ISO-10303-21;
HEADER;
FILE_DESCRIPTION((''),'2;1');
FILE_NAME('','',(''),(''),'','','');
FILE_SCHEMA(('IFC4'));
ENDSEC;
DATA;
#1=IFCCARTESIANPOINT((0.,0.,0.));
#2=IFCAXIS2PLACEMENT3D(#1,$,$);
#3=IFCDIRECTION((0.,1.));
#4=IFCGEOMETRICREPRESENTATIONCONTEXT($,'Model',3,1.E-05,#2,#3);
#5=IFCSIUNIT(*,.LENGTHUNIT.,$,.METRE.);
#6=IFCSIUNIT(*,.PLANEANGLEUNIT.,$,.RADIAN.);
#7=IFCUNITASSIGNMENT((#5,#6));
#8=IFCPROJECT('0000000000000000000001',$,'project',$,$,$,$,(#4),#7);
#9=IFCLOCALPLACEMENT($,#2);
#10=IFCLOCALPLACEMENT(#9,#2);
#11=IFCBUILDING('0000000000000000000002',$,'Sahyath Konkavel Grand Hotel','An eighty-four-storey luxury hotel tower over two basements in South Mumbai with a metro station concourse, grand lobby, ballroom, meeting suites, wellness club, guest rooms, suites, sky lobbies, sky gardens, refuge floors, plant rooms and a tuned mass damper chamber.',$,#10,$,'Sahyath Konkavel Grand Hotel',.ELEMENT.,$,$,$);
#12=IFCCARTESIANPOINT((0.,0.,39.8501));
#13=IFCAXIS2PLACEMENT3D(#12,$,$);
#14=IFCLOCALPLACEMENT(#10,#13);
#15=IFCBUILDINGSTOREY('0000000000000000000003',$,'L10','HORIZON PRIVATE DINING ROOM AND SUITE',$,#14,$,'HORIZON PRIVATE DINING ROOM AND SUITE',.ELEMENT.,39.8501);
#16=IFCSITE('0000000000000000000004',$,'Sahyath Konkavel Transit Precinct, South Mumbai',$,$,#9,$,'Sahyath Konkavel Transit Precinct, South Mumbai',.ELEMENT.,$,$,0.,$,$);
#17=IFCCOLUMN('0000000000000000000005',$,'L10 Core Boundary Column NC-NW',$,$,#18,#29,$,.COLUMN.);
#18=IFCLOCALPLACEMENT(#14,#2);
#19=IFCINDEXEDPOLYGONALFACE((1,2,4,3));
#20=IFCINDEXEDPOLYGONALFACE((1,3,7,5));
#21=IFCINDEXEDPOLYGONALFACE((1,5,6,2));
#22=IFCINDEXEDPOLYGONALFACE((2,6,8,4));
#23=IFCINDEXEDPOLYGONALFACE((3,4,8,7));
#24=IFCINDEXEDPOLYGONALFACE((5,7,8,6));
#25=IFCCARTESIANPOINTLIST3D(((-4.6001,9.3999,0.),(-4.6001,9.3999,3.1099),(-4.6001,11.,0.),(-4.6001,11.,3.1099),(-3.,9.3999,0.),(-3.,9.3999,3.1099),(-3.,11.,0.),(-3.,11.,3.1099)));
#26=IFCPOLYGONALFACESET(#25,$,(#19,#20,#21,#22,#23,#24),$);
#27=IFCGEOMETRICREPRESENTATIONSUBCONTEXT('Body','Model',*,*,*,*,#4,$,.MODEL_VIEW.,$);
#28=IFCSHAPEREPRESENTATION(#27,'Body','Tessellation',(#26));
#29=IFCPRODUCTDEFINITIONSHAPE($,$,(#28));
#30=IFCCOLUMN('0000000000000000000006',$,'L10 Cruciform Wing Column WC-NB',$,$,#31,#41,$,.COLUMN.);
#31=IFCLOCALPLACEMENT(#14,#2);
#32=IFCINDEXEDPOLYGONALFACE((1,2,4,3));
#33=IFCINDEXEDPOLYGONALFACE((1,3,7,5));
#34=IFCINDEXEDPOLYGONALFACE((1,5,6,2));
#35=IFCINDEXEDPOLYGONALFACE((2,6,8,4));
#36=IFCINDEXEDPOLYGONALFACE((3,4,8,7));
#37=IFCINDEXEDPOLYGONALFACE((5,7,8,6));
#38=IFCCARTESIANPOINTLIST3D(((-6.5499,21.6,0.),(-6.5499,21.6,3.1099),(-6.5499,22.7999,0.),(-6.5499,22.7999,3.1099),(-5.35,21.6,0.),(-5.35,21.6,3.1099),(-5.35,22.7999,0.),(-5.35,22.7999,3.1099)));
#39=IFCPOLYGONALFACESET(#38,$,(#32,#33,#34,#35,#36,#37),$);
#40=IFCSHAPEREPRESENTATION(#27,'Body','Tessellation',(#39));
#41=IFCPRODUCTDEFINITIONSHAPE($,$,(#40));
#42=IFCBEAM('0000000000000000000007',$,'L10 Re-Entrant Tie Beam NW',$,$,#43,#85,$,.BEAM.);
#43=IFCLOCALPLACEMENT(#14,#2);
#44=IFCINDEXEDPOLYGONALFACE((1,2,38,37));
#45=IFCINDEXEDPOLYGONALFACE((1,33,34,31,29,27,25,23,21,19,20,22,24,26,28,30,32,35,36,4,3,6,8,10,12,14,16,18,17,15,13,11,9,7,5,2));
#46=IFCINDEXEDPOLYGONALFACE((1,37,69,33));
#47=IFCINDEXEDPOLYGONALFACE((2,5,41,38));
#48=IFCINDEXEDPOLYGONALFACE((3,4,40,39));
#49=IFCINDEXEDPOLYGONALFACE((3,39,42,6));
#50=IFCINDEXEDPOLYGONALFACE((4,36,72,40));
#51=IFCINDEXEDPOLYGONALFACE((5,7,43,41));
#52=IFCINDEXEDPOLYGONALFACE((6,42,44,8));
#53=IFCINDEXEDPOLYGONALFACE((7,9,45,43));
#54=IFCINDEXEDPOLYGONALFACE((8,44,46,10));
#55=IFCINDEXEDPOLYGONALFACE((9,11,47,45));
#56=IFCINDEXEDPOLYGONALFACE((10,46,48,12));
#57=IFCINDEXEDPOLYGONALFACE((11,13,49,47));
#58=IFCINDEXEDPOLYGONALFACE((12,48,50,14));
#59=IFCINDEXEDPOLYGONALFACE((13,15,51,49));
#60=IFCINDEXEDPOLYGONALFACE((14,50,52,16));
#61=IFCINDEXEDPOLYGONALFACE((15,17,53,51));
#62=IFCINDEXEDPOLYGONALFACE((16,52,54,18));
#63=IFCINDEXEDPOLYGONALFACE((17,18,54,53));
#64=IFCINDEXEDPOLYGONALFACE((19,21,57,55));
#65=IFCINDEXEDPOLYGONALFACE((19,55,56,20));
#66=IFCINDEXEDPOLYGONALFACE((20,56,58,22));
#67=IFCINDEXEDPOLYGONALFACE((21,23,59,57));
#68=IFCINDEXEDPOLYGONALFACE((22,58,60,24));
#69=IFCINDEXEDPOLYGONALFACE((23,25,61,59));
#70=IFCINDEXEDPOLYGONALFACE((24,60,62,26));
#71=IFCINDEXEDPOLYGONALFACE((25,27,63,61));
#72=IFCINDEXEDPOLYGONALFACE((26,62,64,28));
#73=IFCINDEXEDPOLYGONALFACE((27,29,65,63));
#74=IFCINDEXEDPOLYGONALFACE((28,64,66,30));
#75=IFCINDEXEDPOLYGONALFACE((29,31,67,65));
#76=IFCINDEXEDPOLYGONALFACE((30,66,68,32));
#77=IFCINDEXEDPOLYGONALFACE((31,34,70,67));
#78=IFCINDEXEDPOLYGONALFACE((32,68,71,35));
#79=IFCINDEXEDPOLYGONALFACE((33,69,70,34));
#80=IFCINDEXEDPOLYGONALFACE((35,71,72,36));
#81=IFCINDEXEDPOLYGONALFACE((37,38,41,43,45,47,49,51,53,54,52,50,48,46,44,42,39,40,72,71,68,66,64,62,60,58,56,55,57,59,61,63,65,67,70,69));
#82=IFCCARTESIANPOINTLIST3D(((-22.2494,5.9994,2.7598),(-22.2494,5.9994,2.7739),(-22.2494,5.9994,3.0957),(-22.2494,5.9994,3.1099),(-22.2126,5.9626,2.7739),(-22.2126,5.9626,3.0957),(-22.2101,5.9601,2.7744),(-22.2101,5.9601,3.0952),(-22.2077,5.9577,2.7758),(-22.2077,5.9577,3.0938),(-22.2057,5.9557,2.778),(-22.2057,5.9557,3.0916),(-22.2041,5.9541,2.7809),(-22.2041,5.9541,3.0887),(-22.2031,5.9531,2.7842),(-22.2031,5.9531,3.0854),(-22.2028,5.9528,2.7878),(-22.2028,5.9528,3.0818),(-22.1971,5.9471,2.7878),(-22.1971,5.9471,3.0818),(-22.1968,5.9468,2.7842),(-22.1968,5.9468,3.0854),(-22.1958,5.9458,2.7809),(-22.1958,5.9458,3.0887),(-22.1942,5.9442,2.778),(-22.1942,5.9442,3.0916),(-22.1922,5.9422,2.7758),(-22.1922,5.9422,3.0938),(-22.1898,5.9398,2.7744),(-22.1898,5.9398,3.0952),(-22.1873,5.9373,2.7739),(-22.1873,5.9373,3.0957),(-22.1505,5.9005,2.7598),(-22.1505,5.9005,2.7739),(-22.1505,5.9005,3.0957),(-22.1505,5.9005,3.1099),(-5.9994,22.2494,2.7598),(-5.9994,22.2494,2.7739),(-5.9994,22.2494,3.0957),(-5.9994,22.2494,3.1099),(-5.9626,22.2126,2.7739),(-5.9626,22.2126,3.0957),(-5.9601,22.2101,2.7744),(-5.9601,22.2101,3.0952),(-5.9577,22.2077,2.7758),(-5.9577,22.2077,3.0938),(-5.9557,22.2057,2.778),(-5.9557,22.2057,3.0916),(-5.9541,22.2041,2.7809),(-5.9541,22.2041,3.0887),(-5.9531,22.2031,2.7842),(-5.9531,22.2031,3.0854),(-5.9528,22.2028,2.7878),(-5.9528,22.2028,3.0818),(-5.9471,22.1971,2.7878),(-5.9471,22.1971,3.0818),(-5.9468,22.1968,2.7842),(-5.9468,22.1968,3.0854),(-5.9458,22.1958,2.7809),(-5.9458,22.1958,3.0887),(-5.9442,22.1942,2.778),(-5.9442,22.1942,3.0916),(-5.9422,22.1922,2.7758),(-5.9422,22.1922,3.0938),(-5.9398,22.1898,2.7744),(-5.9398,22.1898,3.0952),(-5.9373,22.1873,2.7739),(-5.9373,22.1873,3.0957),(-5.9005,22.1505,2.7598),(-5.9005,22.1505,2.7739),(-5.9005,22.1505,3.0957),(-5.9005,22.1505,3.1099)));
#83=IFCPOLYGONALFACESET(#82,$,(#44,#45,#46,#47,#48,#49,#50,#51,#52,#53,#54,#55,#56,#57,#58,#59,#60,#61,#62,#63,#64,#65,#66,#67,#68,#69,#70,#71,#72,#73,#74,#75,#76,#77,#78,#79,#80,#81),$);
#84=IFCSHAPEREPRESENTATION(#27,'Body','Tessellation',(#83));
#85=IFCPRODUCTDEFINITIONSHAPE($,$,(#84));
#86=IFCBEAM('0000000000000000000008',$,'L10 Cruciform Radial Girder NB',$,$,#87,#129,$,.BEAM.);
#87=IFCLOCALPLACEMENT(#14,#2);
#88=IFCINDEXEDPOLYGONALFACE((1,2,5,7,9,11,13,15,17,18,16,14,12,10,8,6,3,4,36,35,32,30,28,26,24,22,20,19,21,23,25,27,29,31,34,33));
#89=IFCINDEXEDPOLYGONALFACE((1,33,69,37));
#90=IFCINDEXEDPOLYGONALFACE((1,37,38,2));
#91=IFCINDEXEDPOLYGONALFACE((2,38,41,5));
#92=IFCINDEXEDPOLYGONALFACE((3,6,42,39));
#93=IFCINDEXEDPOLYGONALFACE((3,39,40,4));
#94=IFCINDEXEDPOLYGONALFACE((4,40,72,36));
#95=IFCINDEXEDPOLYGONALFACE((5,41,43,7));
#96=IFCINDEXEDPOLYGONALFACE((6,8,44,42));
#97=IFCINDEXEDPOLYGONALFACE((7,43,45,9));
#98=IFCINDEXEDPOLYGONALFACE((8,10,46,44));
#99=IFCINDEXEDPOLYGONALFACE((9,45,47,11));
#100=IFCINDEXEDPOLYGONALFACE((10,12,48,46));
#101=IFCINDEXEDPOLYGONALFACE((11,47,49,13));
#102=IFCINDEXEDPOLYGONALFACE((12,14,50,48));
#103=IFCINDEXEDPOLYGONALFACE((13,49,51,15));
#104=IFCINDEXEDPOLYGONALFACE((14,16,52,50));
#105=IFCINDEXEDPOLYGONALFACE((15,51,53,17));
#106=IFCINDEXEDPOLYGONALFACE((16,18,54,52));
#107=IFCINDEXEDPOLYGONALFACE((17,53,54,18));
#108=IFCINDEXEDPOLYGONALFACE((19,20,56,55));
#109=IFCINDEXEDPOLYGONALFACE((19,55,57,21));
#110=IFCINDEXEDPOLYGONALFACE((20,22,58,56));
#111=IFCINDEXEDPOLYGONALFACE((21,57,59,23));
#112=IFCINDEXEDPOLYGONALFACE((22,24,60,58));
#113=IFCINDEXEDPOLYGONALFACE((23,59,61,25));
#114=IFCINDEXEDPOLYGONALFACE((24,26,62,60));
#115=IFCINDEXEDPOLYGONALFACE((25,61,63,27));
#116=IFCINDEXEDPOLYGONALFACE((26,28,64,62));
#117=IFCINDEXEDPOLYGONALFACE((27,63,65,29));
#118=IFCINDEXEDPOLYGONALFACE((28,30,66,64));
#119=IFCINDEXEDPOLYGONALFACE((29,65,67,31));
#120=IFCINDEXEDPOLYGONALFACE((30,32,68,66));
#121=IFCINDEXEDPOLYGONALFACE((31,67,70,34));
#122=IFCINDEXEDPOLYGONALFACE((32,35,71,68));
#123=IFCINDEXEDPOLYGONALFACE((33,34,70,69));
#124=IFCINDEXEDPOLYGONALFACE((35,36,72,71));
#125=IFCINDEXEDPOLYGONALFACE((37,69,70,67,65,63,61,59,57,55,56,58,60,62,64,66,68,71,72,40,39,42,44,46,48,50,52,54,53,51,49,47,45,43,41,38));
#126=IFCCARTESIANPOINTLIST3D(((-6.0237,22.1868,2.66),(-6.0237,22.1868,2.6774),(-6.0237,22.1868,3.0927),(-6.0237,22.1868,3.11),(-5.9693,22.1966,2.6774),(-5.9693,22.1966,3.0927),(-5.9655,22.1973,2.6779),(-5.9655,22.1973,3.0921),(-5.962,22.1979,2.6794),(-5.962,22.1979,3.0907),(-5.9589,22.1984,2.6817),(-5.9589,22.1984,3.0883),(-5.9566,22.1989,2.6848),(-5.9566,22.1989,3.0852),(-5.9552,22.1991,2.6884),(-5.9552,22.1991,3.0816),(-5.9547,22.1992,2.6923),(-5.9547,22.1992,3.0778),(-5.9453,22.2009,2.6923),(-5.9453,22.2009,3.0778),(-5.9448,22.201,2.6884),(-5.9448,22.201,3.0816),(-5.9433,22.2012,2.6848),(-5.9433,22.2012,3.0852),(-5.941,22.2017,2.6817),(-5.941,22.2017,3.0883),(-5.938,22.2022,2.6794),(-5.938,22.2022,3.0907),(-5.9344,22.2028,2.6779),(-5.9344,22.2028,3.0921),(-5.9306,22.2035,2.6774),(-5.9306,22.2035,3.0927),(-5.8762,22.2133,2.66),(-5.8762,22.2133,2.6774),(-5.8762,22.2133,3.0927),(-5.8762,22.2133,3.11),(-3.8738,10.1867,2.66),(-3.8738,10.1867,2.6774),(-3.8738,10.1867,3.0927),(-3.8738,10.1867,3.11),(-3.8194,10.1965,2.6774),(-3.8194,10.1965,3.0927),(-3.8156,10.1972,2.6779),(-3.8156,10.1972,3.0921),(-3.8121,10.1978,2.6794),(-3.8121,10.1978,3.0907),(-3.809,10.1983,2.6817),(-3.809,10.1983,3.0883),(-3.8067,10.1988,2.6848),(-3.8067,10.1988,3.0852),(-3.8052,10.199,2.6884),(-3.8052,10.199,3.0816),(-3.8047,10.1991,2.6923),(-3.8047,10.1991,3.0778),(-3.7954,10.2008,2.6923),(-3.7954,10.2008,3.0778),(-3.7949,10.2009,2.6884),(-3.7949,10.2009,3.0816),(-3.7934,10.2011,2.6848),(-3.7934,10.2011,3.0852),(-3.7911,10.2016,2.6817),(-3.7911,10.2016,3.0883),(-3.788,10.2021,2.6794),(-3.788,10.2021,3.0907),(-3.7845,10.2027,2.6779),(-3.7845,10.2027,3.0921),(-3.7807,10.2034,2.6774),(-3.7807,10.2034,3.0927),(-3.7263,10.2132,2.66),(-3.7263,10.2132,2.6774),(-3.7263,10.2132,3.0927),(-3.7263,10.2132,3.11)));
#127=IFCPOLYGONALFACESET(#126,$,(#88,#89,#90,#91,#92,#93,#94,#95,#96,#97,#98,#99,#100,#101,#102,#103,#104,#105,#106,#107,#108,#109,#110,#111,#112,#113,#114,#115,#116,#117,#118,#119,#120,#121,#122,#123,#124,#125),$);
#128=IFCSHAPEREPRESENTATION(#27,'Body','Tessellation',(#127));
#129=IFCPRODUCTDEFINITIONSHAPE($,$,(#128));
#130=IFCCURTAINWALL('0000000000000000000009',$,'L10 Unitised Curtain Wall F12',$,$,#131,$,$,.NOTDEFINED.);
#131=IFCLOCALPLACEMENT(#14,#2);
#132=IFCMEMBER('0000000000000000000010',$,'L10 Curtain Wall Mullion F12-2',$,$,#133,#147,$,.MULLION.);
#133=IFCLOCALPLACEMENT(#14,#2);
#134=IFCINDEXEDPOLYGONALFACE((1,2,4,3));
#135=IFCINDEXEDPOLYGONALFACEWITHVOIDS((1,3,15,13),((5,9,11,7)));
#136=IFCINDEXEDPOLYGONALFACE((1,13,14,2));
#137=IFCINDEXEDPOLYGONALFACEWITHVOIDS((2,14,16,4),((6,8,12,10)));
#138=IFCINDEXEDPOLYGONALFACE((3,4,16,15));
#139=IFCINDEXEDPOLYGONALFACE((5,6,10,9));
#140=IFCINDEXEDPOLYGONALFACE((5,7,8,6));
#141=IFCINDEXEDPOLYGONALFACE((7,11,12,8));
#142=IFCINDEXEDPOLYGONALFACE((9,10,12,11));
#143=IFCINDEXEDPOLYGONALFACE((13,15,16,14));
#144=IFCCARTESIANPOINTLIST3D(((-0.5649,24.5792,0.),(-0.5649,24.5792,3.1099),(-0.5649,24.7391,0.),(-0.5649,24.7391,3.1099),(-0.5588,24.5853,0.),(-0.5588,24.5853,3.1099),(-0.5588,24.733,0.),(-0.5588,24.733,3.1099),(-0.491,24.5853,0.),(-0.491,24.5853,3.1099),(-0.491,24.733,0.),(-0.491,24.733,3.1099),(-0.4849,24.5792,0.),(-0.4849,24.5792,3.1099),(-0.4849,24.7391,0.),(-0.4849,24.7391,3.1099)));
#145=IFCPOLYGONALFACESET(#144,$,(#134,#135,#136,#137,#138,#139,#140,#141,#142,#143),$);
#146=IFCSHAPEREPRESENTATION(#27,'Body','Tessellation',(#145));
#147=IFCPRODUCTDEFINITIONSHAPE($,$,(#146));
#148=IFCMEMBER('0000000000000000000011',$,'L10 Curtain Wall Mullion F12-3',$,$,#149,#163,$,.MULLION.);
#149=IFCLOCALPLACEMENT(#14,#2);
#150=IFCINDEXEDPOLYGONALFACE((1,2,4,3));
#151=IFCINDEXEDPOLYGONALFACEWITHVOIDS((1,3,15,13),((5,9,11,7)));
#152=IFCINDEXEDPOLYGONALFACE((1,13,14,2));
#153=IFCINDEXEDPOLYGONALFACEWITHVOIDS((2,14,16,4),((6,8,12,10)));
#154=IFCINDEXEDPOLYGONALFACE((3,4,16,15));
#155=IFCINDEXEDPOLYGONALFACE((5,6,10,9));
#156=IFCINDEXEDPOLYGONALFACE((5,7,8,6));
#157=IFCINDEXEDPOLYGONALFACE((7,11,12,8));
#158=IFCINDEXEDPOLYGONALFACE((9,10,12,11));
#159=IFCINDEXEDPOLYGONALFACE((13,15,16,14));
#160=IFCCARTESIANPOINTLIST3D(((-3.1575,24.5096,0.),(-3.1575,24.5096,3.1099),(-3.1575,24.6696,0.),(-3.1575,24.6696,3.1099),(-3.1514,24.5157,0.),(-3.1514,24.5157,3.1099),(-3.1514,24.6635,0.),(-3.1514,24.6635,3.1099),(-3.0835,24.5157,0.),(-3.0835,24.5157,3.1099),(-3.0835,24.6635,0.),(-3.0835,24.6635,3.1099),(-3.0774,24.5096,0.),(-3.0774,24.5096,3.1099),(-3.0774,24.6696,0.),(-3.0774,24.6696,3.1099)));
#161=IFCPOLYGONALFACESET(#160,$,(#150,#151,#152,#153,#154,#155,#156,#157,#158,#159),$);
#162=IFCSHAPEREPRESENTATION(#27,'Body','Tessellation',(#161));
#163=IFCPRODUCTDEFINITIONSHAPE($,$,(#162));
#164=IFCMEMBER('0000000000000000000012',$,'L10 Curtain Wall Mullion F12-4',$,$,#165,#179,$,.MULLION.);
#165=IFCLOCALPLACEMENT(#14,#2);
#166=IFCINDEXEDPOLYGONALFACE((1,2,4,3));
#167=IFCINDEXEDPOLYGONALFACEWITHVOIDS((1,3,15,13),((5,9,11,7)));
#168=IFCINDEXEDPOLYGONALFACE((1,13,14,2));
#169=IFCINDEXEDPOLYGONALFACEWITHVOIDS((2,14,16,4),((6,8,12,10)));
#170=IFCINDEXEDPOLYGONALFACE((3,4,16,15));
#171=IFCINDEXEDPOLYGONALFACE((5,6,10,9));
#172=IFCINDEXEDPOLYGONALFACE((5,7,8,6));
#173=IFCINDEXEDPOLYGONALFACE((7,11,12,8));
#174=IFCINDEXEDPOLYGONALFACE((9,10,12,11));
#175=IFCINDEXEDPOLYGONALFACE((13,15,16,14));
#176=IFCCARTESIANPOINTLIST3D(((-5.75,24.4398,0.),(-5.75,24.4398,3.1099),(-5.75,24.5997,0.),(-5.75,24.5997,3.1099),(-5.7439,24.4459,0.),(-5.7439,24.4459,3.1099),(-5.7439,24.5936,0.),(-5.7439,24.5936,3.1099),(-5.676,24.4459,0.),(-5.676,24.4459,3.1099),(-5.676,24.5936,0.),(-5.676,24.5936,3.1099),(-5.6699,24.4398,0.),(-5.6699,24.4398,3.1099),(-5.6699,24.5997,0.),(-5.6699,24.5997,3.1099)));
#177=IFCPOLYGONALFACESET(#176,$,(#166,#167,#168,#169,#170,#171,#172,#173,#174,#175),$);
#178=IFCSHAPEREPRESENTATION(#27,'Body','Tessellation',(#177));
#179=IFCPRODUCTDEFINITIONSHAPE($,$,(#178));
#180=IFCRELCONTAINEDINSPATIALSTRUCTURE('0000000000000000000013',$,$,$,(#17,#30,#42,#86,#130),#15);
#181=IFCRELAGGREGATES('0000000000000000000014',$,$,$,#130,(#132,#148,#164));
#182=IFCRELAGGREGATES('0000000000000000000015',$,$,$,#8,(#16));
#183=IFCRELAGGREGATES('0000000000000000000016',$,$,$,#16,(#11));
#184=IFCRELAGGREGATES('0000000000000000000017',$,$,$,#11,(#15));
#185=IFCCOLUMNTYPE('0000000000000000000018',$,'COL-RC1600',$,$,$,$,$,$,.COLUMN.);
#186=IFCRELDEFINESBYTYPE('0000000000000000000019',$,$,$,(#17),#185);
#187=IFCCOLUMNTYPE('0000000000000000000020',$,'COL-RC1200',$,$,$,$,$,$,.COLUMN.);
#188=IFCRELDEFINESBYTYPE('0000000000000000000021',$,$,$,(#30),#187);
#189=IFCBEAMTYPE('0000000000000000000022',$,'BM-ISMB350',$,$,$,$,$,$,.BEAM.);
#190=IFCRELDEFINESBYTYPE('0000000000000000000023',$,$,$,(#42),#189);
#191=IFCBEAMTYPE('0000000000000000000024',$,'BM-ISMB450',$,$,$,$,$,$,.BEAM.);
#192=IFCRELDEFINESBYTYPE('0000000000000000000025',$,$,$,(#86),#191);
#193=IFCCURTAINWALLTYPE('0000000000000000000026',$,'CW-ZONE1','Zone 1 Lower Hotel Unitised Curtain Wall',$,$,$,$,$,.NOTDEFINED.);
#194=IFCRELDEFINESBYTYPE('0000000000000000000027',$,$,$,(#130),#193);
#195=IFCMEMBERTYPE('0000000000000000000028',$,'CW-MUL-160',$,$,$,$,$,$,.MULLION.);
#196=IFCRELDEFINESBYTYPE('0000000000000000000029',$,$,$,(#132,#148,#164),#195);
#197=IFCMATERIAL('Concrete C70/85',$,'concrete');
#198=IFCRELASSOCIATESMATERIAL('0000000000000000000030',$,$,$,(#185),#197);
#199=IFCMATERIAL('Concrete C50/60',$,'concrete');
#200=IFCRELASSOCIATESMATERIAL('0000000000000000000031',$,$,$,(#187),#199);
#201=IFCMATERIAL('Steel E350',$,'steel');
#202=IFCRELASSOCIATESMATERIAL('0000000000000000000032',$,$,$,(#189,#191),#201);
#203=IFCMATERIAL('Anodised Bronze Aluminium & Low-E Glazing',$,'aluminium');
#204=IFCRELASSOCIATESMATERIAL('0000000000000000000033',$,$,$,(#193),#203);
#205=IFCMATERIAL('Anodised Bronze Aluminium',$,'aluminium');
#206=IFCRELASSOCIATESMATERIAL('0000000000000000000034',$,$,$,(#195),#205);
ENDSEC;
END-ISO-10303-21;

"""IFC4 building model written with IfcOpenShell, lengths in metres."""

from ifc_helpers import new_model, si_unit, direction, frame, origin, origin_2d, place, context, subcontext, project, spatial, rectangle, hollow_rectangle, i_section, extrude, source, transform, mapped, material, material_profile, profile_set, type_object, element, aggregate, save


model = new_model("IFC4")

# Units and contexts
model_context = context("Model", 3, precision=1e-05, world=origin(), true_north=direction((0.0, 1.0)))
body_context = subcontext(model_context, "Body", "Model", "MODEL_VIEW")
ifc_project = project(units=[si_unit("LENGTHUNIT", "METRE"), si_unit("PLANEANGLEUNIT", "RADIAN")], contexts=[model_context])

# Site, building, storey
site_placement = place(None, origin())
site = spatial("IfcSite", under=ifc_project, at=site_placement, Name="Sahyath Konkavel Transit Precinct, South Mumbai", LongName="Sahyath Konkavel Transit Precinct, South Mumbai", CompositionType="ELEMENT", RefElevation=0.0)
building_placement = place(site_placement, origin())
building = spatial("IfcBuilding", under=site, at=building_placement, Name="Sahyath Konkavel Grand Hotel", Description="An eighty-four-storey luxury hotel tower over two basements in South Mumbai with a metro station concourse, grand lobby, ballroom, meeting suites, wellness club, guest rooms, suites, sky lobbies, sky gardens, refuge floors, plant rooms and a tuned mass damper chamber.", LongName="Sahyath Konkavel Grand Hotel", CompositionType="ELEMENT")
storey_placement = place(building_placement, frame((0.0, 0.0, 39.8501)))
storey = spatial("IfcBuildingStorey", under=building, at=storey_placement, Name="L10", Description="HORIZON PRIVATE DINING ROOM AND SUITE", LongName="HORIZON PRIVATE DINING ROOM AND SUITE", CompositionType="ELEMENT", Elevation=39.8501)

# Columns
ifc_material_1 = material(Name="Concrete C70/85", Category="concrete")
ifc_material_profile_1 = material_profile(ifc_material_1, rectangle(XDim=1.6001, YDim=1.6001, at=origin_2d()), Name="RC 1600x1600")
ifc_profile_set_1 = profile_set([ifc_material_profile_1], Name="Concrete C70/85")
column_type_1 = type_object("IfcColumnType", Name="COL-RC1600", PredefinedType="COLUMN", material=ifc_profile_set_1)
shared_shape_1 = source(origin(), body_context, "Body", "SweptSolid", [
    extrude(rectangle(XDim=1.6001, YDim=1.6001, at=origin_2d()), origin(), (0.0, 0.0, 1.0), 3.1099),
])
column_1_placement = place(storey_placement, frame((-3.8, 10.2, 0.0), z_axis=(0.0, 0.0, 1.0), x_axis=(1.0, 0.0, 0.0)))
element("IfcColumn", 1, at=column_1_placement, inside=storey, type_object=column_type_1, Name="L10 Core Boundary Column NC-NW", PredefinedType="COLUMN", context=body_context, shape_type="MappedRepresentation", body=[
    mapped(shared_shape_1, transform((0.0, 0.0, 0.0), scale=1.0)),
])
ifc_material_2 = material(Name="Concrete C50/60", Category="concrete")
ifc_material_profile_2 = material_profile(ifc_material_2, rectangle(XDim=1.2, YDim=1.2, at=origin_2d()), Name="RC 1200x1200")
ifc_profile_set_2 = profile_set([ifc_material_profile_2], Name="Concrete C50/60")
column_type_2 = type_object("IfcColumnType", Name="COL-RC1200", PredefinedType="COLUMN", material=ifc_profile_set_2)
shared_shape_2 = source(origin(), body_context, "Body", "SweptSolid", [
    extrude(rectangle(XDim=1.2, YDim=1.2, at=origin_2d()), origin(), (0.0, 0.0, 1.0), 3.1099),
])
column_2_placement = place(storey_placement, frame((-5.95, 22.2, 0.0), z_axis=(0.0, 0.0, 1.0), x_axis=(1.0, 0.0, 0.0)))
element("IfcColumn", 2, at=column_2_placement, inside=storey, type_object=column_type_2, Name="L10 Cruciform Wing Column WC-NB", PredefinedType="COLUMN", context=body_context, shape_type="MappedRepresentation", body=[
    mapped(shared_shape_2, transform((0.0, 0.0, 0.0), scale=1.0)),
])

# Beams
ifc_material_3 = material(Name="Steel E350", Category="steel")
ifc_material_profile_3 = material_profile(ifc_material_3, i_section(OverallWidth=0.1399, OverallDepth=0.3501, WebThickness=0.0081, FlangeThickness=0.0142, FilletRadius=0.0139, at=origin_2d()), Name="ISMB 350")
ifc_profile_set_3 = profile_set([ifc_material_profile_3], Name="Steel E350")
beam_type_1 = type_object("IfcBeamType", Name="BM-ISMB350", PredefinedType="BEAM", material=ifc_profile_set_3)
shared_shape_3 = source(origin(), body_context, "Body", "SweptSolid", [
    extrude(i_section(OverallWidth=0.1399, OverallDepth=0.3501, WebThickness=0.0081, FlangeThickness=0.0142, FilletRadius=0.0139, at=origin_2d()), origin(), (0.0, 0.0, 1.0), 22.981),
])
beam_1_placement = place(storey_placement, frame((-5.95, 22.2, 2.9348), z_axis=(-0.707107, -0.707107, 0.0), x_axis=(0.707107, -0.707107, 0.0)))
element("IfcBeam", 3, at=beam_1_placement, inside=storey, type_object=beam_type_1, Name="L10 Re-Entrant Tie Beam NW", PredefinedType="BEAM", context=body_context, shape_type="MappedRepresentation", body=[
    mapped(shared_shape_3, transform((0.0, 0.0, 0.0), scale=1.0)),
])
ifc_material_profile_4 = material_profile(ifc_material_3, i_section(OverallWidth=0.1499, OverallDepth=0.45, WebThickness=0.0095, FlangeThickness=0.0173, FilletRadius=0.0149, at=origin_2d()), Name="ISMB 450")
ifc_profile_set_4 = profile_set([ifc_material_profile_4], Name="Steel E350")
beam_type_2 = type_object("IfcBeamType", Name="BM-ISMB450", PredefinedType="BEAM", material=ifc_profile_set_4)
shared_shape_4 = source(origin(), body_context, "Body", "SweptSolid", [
    extrude(i_section(OverallWidth=0.1499, OverallDepth=0.45, WebThickness=0.0095, FlangeThickness=0.0173, FilletRadius=0.0149, at=origin_2d()), origin(), (0.0, 0.0, 1.0), 12.1912),
])
beam_2_placement = place(storey_placement, frame((-3.8, 10.2, 2.885), z_axis=(-0.176351, 0.984327, 0.0), x_axis=(-0.984327, -0.176351, 0.0)))
element("IfcBeam", 4, at=beam_2_placement, inside=storey, type_object=beam_type_2, Name="L10 Cruciform Radial Girder NB", PredefinedType="BEAM", context=body_context, shape_type="MappedRepresentation", body=[
    mapped(shared_shape_4, transform((0.0, 0.0, 0.0), scale=1.0)),
])

# Curtain wall, members
ifc_material_4 = material(Name="Anodised Bronze Aluminium & Low-E Glazing", Category="aluminium")
curtain_wall_type = type_object("IfcCurtainWallType", Name="CW-ZONE1", Description="Zone 1 Lower Hotel Unitised Curtain Wall", PredefinedType="NOTDEFINED", material=ifc_material_4)
curtain_wall_placement = place(storey_placement, origin())
curtain_wall = element("IfcCurtainWall", 5, at=curtain_wall_placement, inside=storey, type_object=curtain_wall_type, Name="L10 Unitised Curtain Wall F12", PredefinedType="NOTDEFINED")
ifc_material_5 = material(Name="Anodised Bronze Aluminium", Category="aluminium")
ifc_material_profile_5 = material_profile(ifc_material_5, hollow_rectangle(XDim=0.0801, YDim=0.1599, WallThickness=0.0061, at=origin_2d()), Name="RHS 160x80x6")
ifc_profile_set_5 = profile_set([ifc_material_profile_5], Name="Anodised Bronze Aluminium")
member_type_1 = type_object("IfcMemberType", Name="CW-MUL-160", PredefinedType="MULLION", material=ifc_profile_set_5)
shared_shape_5 = source(origin(), body_context, "Body", "SweptSolid", [
    extrude(hollow_rectangle(XDim=0.0801, YDim=0.1599, WallThickness=0.0061, at=origin_2d()), origin(), (0.0, 0.0, 1.0), 3.1099),
])
member_1_placement = place(storey_placement, frame((-0.5249, 24.6592, 0.0), z_axis=(0.0, 0.0, 1.0), x_axis=(1.0, 0.0, 0.0)))
member_1 = element("IfcMember", 6, at=member_1_placement, type_object=member_type_1, Name="L10 Curtain Wall Mullion F12-2", PredefinedType="MULLION", context=body_context, shape_type="MappedRepresentation", body=[
    mapped(shared_shape_5, transform((0.0, 0.0, 0.0), scale=1.0)),
])
member_2_placement = place(storey_placement, frame((-3.1174, 24.5896, 0.0), z_axis=(0.0, 0.0, 1.0), x_axis=(1.0, 0.0, 0.0)))
member_2 = element("IfcMember", 7, at=member_2_placement, type_object=member_type_1, Name="L10 Curtain Wall Mullion F12-3", PredefinedType="MULLION", context=body_context, shape_type="MappedRepresentation", body=[
    mapped(shared_shape_5, transform((0.0, 0.0, 0.0), scale=1.0)),
])
member_3_placement = place(storey_placement, frame((-5.71, 24.5198, 0.0), z_axis=(0.0, 0.0, 1.0), x_axis=(1.0, 0.0, 0.0)))
member_3 = element("IfcMember", 8, at=member_3_placement, type_object=member_type_1, Name="L10 Curtain Wall Mullion F12-4", PredefinedType="MULLION", context=body_context, shape_type="MappedRepresentation", body=[
    mapped(shared_shape_5, transform((0.0, 0.0, 0.0), scale=1.0)),
])

aggregate(curtain_wall, [member_1, member_2, member_3])

save(model, "model.ifc")
